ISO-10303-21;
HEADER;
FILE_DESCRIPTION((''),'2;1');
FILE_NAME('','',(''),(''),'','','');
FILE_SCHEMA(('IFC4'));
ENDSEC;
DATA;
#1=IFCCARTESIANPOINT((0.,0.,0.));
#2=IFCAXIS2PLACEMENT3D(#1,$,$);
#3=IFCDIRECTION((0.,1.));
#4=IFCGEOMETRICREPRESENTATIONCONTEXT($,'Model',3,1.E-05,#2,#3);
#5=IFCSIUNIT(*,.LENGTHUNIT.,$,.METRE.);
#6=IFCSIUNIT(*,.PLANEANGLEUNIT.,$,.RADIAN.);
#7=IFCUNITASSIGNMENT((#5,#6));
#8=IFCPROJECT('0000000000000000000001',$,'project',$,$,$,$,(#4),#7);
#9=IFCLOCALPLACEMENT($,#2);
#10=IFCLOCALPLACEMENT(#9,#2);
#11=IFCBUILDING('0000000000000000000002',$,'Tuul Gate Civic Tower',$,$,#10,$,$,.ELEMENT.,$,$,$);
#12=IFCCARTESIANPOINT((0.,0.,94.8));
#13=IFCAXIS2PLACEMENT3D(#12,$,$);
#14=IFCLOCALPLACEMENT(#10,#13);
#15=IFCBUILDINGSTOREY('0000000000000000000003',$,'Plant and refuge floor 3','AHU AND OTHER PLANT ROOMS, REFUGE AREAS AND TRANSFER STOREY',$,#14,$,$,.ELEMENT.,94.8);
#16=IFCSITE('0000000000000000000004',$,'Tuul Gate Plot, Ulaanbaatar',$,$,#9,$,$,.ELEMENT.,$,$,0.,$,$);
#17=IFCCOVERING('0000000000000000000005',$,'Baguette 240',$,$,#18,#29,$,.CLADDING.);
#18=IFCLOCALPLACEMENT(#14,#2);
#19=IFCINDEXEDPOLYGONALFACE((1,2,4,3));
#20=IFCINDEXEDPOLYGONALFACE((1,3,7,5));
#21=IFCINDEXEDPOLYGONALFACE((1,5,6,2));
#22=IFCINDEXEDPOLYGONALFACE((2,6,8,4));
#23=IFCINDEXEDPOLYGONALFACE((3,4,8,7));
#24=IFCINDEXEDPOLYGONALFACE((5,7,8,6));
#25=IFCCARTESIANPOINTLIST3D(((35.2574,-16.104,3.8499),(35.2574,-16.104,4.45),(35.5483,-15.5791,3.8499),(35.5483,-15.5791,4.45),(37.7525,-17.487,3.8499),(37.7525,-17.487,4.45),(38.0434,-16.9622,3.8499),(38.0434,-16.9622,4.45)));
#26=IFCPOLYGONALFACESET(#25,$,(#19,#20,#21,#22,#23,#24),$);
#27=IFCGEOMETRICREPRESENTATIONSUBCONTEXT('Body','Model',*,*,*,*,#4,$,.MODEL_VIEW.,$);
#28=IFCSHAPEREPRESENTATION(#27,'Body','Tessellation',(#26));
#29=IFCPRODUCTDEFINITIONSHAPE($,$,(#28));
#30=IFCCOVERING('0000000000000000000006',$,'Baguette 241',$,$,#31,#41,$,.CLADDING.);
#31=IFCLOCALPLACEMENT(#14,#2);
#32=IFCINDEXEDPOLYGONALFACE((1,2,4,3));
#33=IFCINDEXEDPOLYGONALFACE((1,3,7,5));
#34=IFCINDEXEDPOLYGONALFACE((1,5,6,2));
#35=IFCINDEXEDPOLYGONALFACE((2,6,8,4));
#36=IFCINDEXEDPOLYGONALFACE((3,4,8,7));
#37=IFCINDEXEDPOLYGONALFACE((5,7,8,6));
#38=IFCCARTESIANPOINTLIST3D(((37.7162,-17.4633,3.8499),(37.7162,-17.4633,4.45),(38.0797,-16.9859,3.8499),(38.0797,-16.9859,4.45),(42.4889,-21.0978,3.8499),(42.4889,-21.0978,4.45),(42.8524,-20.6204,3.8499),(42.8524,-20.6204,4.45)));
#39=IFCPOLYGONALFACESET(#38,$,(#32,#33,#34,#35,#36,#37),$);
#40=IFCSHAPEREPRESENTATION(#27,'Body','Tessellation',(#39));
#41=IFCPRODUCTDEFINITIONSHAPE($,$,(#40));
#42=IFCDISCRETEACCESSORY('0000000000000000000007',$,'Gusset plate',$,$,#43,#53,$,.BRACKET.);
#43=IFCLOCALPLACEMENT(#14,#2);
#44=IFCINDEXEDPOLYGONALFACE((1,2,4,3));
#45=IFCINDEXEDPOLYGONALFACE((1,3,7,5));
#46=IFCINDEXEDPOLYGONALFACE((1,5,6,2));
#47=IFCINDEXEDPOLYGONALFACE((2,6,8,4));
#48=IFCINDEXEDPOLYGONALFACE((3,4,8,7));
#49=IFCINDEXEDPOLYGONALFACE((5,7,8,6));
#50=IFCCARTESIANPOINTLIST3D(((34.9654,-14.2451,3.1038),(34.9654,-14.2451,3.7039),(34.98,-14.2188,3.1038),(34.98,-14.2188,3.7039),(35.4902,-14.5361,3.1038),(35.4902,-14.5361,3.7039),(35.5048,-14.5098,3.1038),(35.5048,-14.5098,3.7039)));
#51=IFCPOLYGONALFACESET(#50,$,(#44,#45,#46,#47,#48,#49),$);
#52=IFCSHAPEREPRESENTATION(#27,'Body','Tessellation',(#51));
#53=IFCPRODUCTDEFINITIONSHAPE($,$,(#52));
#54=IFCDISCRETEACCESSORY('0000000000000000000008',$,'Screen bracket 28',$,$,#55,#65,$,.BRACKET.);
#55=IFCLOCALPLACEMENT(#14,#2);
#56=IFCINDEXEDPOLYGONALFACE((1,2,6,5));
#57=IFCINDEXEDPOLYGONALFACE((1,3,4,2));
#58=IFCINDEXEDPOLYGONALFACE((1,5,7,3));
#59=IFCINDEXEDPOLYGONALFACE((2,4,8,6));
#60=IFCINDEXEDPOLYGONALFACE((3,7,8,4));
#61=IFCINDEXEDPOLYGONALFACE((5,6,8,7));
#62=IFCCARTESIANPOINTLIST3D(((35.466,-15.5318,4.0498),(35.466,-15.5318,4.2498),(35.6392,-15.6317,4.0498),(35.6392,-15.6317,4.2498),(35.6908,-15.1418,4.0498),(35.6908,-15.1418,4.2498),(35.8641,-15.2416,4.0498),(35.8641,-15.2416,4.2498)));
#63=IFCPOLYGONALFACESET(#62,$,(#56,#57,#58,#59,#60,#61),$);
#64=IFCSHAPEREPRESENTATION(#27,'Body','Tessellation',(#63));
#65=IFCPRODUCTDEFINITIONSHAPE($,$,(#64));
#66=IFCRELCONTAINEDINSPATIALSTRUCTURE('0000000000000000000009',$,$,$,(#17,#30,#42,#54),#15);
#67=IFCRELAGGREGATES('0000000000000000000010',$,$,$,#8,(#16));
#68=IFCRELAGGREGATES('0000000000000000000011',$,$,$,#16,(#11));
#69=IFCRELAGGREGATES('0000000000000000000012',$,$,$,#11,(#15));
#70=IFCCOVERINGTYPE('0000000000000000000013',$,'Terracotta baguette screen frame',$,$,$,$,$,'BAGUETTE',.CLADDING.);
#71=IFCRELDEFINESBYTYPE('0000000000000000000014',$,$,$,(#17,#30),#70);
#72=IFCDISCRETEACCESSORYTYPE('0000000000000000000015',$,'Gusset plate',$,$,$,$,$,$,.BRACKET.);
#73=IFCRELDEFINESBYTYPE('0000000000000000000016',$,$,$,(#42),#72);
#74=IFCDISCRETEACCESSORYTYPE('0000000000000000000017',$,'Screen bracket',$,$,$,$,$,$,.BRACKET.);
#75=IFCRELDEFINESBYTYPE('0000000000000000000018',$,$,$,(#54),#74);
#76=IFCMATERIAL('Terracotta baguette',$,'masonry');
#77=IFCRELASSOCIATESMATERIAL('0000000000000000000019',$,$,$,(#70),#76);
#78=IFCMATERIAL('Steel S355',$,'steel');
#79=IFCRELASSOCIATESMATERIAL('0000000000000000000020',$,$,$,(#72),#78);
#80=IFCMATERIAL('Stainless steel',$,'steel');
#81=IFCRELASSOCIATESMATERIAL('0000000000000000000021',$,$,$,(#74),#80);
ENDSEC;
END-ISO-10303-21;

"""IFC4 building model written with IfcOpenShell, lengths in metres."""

from ifc_helpers import new_model, si_unit, direction, frame, origin, origin_2d, place, context, subcontext, project, spatial, rectangle, extrude, material, material_profile, profile_set, type_object, element, save


model = new_model("IFC4")

# Units and contexts
model_context = context("Model", 3, precision=1e-05, world=origin(), true_north=direction((0.0, 1.0)))
body_context = subcontext(model_context, "Body", "Model", "MODEL_VIEW")
ifc_project = project(units=[si_unit("LENGTHUNIT", "METRE"), si_unit("PLANEANGLEUNIT", "RADIAN")], contexts=[model_context])

# Site, building, storey
site_placement = place(None, origin())
site = spatial("IfcSite", under=ifc_project, at=site_placement, Name="Tuul Gate Plot, Ulaanbaatar", CompositionType="ELEMENT", RefElevation=0.0)
building_placement = place(site_placement, origin())
building = spatial("IfcBuilding", under=site, at=building_placement, Name="Tuul Gate Civic Tower", CompositionType="ELEMENT")
storey_placement = place(building_placement, frame((0.0, 0.0, 94.8)))
storey = spatial("IfcBuildingStorey", under=building, at=storey_placement, Name="Plant and refuge floor 3", Description="AHU AND OTHER PLANT ROOMS, REFUGE AREAS AND TRANSFER STOREY", CompositionType="ELEMENT", Elevation=94.8)

# Coverings
ifc_material_1 = material(Name="Terracotta baguette", Category="masonry")
ifc_material_profile_1 = material_profile(ifc_material_1, rectangle(XDim=0.6001, YDim=0.6001, at=origin_2d()), Name="Terracotta baguette screen frame")
ifc_profile_set_1 = profile_set([ifc_material_profile_1], Name="Terracotta baguette")
covering_type = type_object("IfcCoveringType", Name="Terracotta baguette screen frame", ElementType="BAGUETTE", PredefinedType="CLADDING", material=ifc_profile_set_1)
covering_1_placement = place(storey_placement, frame((35.4028, -15.8416, 4.1499), z_axis=(0.874621, -0.484807, 0.0), x_axis=(0.484807, 0.874621, 0.0)))
element("IfcCovering", 1, at=covering_1_placement, inside=storey, type_object=covering_type, Name="Baguette 240", PredefinedType="CLADDING", context=body_context, shape_type="SweptSolid", body=[
    extrude(rectangle(XDim=0.6001, YDim=0.6001, at=origin_2d()), origin(), (0.0, 0.0, 1.0), 2.8528),
])
covering_2_placement = place(storey_placement, frame((37.8979, -17.2246, 4.1499), z_axis=(0.795578, -0.605851, 0.0), x_axis=(0.605851, 0.795578, 0.0)))
element("IfcCovering", 2, at=covering_2_placement, inside=storey, type_object=covering_type, Name="Baguette 241", PredefinedType="CLADDING", context=body_context, shape_type="SweptSolid", body=[
    extrude(rectangle(XDim=0.6001, YDim=0.6001, at=origin_2d()), origin(), (0.0, 0.0, 1.0), 5.999),
])

# Discrete accessories
ifc_material_2 = material(Name="Steel S355", Category="steel")
discrete_accessory_type_1 = type_object("IfcDiscreteAccessoryType", Name="Gusset plate", PredefinedType="BRACKET", material=ifc_material_2)
discrete_accessory_1_placement = place(storey_placement, frame((35.2351, -14.3774, 3.1038), z_axis=(0.0, 0.0, 1.0), x_axis=(-0.874598, 0.484849, 0.0)))
element("IfcDiscreteAccessory", 3, at=discrete_accessory_1_placement, inside=storey, type_object=discrete_accessory_type_1, Name="Gusset plate", PredefinedType="BRACKET", context=body_context, shape_type="SweptSolid", body=[
    extrude(rectangle(XDim=0.6001, YDim=0.03, at=origin_2d()), origin(), (0.0, 0.0, 1.0), 0.6001),
])
ifc_material_3 = material(Name="Stainless steel", Category="steel")
discrete_accessory_type_2 = type_object("IfcDiscreteAccessoryType", Name="Screen bracket", PredefinedType="BRACKET", material=ifc_material_3)
discrete_accessory_2_placement = place(storey_placement, frame((35.665, -15.3867, 4.0498), z_axis=(0.0, 0.0, 1.0), x_axis=(-0.49938, -0.866383, 0.0)))
element("IfcDiscreteAccessory", 4, at=discrete_accessory_2_placement, inside=storey, type_object=discrete_accessory_type_2, Name="Screen bracket 28", PredefinedType="BRACKET", context=body_context, shape_type="SweptSolid", body=[
    extrude(rectangle(XDim=0.4502, YDim=0.2, at=origin_2d()), origin(), (0.0, 0.0, 1.0), 0.2),
])

save(model, "model.ifc")
